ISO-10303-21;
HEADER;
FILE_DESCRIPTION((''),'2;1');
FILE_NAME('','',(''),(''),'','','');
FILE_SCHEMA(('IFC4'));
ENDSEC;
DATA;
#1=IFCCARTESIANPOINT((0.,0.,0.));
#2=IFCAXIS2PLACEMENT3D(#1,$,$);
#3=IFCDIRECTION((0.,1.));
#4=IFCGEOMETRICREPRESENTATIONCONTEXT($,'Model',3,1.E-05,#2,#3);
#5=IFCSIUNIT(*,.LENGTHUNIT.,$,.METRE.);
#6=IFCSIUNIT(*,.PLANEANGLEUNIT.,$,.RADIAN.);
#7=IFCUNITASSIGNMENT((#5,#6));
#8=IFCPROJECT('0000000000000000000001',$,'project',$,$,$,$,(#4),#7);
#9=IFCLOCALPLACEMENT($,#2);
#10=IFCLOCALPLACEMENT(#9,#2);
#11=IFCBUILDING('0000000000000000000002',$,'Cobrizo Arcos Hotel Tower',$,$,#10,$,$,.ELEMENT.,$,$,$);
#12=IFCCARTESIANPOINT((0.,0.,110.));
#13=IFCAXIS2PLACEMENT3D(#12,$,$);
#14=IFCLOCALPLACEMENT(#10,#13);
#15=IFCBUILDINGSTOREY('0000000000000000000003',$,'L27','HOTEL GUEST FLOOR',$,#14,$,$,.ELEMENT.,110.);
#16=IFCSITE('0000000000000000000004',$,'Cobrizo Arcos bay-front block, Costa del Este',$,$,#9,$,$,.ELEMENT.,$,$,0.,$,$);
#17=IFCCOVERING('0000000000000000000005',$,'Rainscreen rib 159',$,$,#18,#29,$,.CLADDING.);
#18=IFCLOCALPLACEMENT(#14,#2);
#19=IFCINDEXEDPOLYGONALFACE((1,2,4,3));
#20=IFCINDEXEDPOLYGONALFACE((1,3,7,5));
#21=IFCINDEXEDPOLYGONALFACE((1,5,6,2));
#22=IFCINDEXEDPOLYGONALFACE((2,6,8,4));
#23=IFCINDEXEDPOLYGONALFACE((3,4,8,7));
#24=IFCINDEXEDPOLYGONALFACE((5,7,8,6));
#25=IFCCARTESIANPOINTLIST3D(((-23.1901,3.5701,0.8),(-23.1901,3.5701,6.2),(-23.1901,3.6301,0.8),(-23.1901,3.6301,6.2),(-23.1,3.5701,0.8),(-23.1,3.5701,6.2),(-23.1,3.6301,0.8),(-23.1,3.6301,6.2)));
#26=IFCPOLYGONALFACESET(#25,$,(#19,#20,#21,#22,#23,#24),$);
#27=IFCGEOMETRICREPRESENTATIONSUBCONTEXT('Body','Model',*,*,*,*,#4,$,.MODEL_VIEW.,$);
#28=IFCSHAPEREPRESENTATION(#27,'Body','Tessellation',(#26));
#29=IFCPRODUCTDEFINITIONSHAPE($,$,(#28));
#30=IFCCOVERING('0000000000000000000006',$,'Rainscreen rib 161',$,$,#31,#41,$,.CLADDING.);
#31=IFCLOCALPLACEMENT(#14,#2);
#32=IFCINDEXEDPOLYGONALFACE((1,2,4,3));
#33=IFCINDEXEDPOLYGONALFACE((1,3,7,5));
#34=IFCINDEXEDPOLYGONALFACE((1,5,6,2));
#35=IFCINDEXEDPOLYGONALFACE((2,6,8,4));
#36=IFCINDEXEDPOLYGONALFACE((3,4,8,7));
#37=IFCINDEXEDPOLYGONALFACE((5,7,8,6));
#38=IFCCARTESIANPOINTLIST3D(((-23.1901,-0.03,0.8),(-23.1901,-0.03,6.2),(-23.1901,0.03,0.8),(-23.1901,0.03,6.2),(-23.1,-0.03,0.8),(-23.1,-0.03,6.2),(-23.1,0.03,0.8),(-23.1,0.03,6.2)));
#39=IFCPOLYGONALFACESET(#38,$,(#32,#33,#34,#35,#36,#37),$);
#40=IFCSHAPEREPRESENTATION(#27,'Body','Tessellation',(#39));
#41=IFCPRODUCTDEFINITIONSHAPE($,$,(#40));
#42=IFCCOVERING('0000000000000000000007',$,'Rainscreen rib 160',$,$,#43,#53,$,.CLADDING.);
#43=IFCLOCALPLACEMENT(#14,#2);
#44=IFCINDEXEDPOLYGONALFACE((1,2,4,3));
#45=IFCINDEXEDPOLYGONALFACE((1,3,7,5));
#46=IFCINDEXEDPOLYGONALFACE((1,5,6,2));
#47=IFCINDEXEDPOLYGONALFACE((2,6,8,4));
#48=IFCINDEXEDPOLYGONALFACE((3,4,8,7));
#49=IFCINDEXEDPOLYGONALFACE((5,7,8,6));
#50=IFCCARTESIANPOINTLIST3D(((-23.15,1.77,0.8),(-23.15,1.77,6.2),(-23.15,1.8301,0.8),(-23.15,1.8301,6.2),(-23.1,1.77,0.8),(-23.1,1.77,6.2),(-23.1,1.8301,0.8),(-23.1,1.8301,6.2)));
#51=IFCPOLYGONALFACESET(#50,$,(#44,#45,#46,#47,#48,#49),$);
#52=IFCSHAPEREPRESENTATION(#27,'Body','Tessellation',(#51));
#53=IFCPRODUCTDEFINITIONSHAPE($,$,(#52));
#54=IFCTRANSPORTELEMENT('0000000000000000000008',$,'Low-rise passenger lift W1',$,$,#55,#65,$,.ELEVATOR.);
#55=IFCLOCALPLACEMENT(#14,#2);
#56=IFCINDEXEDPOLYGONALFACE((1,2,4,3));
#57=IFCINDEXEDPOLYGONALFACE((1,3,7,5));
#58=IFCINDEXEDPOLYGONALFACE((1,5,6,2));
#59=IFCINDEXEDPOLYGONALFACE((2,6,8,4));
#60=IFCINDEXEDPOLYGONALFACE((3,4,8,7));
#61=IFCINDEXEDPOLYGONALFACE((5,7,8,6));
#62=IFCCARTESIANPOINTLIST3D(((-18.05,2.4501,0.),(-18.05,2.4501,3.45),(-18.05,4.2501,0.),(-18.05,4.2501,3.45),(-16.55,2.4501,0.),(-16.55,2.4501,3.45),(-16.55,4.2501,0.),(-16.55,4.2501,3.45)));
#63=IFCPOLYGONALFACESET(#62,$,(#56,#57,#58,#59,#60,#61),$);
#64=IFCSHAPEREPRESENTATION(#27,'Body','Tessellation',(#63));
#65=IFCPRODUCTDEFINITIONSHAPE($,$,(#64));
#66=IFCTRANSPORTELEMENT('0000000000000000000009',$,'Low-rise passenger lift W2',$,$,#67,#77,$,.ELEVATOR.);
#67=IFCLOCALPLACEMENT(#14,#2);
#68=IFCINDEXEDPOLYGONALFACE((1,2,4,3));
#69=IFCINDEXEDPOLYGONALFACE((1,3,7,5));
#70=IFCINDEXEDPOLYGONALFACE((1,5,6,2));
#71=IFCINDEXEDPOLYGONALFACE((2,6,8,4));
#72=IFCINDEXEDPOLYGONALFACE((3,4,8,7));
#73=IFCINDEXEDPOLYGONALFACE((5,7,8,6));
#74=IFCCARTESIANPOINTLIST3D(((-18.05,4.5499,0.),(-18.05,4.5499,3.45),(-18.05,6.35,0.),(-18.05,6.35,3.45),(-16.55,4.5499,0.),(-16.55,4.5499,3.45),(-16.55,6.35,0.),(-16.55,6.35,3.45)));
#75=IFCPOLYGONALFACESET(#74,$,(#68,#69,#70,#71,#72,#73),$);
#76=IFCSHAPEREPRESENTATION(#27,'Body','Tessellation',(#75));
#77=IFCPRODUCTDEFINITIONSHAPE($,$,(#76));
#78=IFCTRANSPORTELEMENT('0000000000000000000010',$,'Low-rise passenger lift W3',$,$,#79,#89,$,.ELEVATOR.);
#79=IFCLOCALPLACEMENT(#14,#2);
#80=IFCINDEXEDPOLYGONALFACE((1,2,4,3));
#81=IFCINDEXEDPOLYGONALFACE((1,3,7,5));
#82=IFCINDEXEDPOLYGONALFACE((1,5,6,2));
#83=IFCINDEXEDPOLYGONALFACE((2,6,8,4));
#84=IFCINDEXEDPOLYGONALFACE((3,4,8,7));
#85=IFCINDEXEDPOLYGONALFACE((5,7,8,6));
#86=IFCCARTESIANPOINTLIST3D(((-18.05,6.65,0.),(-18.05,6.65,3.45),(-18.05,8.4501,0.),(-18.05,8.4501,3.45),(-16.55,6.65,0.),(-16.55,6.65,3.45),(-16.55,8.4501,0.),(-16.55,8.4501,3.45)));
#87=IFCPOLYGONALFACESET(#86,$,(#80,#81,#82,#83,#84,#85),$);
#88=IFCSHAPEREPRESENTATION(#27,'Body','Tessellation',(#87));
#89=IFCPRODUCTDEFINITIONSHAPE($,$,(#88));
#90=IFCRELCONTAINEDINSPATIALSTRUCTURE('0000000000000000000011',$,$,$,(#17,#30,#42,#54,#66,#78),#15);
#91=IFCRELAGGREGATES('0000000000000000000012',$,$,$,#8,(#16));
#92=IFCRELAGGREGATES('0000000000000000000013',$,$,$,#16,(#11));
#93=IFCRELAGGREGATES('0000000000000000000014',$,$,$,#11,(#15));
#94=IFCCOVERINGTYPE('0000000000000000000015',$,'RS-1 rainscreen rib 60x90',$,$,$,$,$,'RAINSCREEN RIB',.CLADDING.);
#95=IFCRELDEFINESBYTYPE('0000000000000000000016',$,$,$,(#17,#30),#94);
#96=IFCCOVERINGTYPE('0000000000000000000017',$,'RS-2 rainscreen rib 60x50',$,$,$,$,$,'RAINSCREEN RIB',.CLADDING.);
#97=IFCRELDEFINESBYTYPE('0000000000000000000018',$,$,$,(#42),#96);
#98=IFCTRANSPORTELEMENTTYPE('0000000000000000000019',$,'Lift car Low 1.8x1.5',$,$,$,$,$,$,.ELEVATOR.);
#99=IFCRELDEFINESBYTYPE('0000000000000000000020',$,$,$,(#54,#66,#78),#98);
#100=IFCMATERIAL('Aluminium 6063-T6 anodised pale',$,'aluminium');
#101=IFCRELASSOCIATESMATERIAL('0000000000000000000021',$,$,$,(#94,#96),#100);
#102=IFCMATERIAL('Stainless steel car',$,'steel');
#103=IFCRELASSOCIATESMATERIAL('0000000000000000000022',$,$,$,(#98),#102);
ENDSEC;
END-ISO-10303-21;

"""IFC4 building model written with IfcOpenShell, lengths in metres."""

from ifc_helpers import new_model, si_unit, direction, frame, origin, origin_2d, place, context, subcontext, project, spatial, rectangle, extrude, material, type_object, element, save


model = new_model("IFC4")

# Units and contexts
model_context = context("Model", 3, precision=1e-05, world=origin(), true_north=direction((0.0, 1.0)))
body_context = subcontext(model_context, "Body", "Model", "MODEL_VIEW")
ifc_project = project(units=[si_unit("LENGTHUNIT", "METRE"), si_unit("PLANEANGLEUNIT", "RADIAN")], contexts=[model_context])

# Site, building, storey
site_placement = place(None, origin())
site = spatial("IfcSite", under=ifc_project, at=site_placement, Name="Cobrizo Arcos bay-front block, Costa del Este", CompositionType="ELEMENT", RefElevation=0.0)
building_placement = place(site_placement, origin())
building = spatial("IfcBuilding", under=site, at=building_placement, Name="Cobrizo Arcos Hotel Tower", CompositionType="ELEMENT")
storey_placement = place(building_placement, frame((0.0, 0.0, 110.0)))
storey = spatial("IfcBuildingStorey", under=building, at=storey_placement, Name="L27", Description="HOTEL GUEST FLOOR", CompositionType="ELEMENT", Elevation=110.0)

# Coverings
ifc_material_1 = material(Name="Aluminium 6063-T6 anodised pale", Category="aluminium")
covering_type_1 = type_object("IfcCoveringType", Name="RS-1 rainscreen rib 60x90", ElementType="RAINSCREEN RIB", PredefinedType="CLADDING", material=ifc_material_1)
for number, where, z_axis, x_axis, name in (
    (1, (-23.145, 3.6001, 0.8), (0.0, 0.0, 1.0), (0.0, -1.0, 0.0), "Rainscreen rib 159"),
    (2, (-23.145, 0.0, 0.8), (0.0, 0.0, 1.0), (0.0, -1.0, 0.0), "Rainscreen rib 161"),
):
    element("IfcCovering", number, at=place(storey_placement, frame(where, z_axis=z_axis, x_axis=x_axis)), inside=storey, type_object=covering_type_1, Name=name, PredefinedType="CLADDING", context=body_context, shape_type="SweptSolid", body=[
        extrude(rectangle(XDim=0.0601, YDim=0.0901, at=origin_2d()), origin(), (0.0, 0.0, 1.0), 5.3999),
    ])
covering_type_2 = type_object("IfcCoveringType", Name="RS-2 rainscreen rib 60x50", ElementType="RAINSCREEN RIB", PredefinedType="CLADDING", material=ifc_material_1)
covering_1_placement = place(storey_placement, frame((-23.125, 1.8, 0.8), z_axis=(0.0, 0.0, 1.0), x_axis=(0.0, -1.0, 0.0)))
element("IfcCovering", 3, at=covering_1_placement, inside=storey, type_object=covering_type_2, Name="Rainscreen rib 160", PredefinedType="CLADDING", context=body_context, shape_type="SweptSolid", body=[
    extrude(rectangle(XDim=0.0601, YDim=0.05, at=origin_2d()), origin(), (0.0, 0.0, 1.0), 5.3999),
])

# Transport elements
ifc_material_2 = material(Name="Stainless steel car", Category="steel")
transport_element_type = type_object("IfcTransportElementType", Name="Lift car Low 1.8x1.5", PredefinedType="ELEVATOR", material=ifc_material_2)
for number, where, z_axis, x_axis, name in (
    (4, (-17.3, 3.3501, 0.0), (0.0, 0.0, 1.0), (1.0, 0.0, 0.0), "Low-rise passenger lift W1"),
    (5, (-17.3, 5.45, 0.0), (0.0, 0.0, 1.0), (1.0, 0.0, 0.0), "Low-rise passenger lift W2"),
    (6, (-17.3, 7.55, 0.0), (0.0, 0.0, 1.0), (1.0, 0.0, 0.0), "Low-rise passenger lift W3"),
):
    element("IfcTransportElement", number, at=place(storey_placement, frame(where, z_axis=z_axis, x_axis=x_axis)), inside=storey, type_object=transport_element_type, Name=name, PredefinedType="ELEVATOR", context=body_context, shape_type="SweptSolid", body=[
        extrude(rectangle(XDim=1.5, YDim=1.8, at=origin_2d()), origin(), (0.0, 0.0, 1.0), 3.45),
    ])

save(model, "model.ifc")
